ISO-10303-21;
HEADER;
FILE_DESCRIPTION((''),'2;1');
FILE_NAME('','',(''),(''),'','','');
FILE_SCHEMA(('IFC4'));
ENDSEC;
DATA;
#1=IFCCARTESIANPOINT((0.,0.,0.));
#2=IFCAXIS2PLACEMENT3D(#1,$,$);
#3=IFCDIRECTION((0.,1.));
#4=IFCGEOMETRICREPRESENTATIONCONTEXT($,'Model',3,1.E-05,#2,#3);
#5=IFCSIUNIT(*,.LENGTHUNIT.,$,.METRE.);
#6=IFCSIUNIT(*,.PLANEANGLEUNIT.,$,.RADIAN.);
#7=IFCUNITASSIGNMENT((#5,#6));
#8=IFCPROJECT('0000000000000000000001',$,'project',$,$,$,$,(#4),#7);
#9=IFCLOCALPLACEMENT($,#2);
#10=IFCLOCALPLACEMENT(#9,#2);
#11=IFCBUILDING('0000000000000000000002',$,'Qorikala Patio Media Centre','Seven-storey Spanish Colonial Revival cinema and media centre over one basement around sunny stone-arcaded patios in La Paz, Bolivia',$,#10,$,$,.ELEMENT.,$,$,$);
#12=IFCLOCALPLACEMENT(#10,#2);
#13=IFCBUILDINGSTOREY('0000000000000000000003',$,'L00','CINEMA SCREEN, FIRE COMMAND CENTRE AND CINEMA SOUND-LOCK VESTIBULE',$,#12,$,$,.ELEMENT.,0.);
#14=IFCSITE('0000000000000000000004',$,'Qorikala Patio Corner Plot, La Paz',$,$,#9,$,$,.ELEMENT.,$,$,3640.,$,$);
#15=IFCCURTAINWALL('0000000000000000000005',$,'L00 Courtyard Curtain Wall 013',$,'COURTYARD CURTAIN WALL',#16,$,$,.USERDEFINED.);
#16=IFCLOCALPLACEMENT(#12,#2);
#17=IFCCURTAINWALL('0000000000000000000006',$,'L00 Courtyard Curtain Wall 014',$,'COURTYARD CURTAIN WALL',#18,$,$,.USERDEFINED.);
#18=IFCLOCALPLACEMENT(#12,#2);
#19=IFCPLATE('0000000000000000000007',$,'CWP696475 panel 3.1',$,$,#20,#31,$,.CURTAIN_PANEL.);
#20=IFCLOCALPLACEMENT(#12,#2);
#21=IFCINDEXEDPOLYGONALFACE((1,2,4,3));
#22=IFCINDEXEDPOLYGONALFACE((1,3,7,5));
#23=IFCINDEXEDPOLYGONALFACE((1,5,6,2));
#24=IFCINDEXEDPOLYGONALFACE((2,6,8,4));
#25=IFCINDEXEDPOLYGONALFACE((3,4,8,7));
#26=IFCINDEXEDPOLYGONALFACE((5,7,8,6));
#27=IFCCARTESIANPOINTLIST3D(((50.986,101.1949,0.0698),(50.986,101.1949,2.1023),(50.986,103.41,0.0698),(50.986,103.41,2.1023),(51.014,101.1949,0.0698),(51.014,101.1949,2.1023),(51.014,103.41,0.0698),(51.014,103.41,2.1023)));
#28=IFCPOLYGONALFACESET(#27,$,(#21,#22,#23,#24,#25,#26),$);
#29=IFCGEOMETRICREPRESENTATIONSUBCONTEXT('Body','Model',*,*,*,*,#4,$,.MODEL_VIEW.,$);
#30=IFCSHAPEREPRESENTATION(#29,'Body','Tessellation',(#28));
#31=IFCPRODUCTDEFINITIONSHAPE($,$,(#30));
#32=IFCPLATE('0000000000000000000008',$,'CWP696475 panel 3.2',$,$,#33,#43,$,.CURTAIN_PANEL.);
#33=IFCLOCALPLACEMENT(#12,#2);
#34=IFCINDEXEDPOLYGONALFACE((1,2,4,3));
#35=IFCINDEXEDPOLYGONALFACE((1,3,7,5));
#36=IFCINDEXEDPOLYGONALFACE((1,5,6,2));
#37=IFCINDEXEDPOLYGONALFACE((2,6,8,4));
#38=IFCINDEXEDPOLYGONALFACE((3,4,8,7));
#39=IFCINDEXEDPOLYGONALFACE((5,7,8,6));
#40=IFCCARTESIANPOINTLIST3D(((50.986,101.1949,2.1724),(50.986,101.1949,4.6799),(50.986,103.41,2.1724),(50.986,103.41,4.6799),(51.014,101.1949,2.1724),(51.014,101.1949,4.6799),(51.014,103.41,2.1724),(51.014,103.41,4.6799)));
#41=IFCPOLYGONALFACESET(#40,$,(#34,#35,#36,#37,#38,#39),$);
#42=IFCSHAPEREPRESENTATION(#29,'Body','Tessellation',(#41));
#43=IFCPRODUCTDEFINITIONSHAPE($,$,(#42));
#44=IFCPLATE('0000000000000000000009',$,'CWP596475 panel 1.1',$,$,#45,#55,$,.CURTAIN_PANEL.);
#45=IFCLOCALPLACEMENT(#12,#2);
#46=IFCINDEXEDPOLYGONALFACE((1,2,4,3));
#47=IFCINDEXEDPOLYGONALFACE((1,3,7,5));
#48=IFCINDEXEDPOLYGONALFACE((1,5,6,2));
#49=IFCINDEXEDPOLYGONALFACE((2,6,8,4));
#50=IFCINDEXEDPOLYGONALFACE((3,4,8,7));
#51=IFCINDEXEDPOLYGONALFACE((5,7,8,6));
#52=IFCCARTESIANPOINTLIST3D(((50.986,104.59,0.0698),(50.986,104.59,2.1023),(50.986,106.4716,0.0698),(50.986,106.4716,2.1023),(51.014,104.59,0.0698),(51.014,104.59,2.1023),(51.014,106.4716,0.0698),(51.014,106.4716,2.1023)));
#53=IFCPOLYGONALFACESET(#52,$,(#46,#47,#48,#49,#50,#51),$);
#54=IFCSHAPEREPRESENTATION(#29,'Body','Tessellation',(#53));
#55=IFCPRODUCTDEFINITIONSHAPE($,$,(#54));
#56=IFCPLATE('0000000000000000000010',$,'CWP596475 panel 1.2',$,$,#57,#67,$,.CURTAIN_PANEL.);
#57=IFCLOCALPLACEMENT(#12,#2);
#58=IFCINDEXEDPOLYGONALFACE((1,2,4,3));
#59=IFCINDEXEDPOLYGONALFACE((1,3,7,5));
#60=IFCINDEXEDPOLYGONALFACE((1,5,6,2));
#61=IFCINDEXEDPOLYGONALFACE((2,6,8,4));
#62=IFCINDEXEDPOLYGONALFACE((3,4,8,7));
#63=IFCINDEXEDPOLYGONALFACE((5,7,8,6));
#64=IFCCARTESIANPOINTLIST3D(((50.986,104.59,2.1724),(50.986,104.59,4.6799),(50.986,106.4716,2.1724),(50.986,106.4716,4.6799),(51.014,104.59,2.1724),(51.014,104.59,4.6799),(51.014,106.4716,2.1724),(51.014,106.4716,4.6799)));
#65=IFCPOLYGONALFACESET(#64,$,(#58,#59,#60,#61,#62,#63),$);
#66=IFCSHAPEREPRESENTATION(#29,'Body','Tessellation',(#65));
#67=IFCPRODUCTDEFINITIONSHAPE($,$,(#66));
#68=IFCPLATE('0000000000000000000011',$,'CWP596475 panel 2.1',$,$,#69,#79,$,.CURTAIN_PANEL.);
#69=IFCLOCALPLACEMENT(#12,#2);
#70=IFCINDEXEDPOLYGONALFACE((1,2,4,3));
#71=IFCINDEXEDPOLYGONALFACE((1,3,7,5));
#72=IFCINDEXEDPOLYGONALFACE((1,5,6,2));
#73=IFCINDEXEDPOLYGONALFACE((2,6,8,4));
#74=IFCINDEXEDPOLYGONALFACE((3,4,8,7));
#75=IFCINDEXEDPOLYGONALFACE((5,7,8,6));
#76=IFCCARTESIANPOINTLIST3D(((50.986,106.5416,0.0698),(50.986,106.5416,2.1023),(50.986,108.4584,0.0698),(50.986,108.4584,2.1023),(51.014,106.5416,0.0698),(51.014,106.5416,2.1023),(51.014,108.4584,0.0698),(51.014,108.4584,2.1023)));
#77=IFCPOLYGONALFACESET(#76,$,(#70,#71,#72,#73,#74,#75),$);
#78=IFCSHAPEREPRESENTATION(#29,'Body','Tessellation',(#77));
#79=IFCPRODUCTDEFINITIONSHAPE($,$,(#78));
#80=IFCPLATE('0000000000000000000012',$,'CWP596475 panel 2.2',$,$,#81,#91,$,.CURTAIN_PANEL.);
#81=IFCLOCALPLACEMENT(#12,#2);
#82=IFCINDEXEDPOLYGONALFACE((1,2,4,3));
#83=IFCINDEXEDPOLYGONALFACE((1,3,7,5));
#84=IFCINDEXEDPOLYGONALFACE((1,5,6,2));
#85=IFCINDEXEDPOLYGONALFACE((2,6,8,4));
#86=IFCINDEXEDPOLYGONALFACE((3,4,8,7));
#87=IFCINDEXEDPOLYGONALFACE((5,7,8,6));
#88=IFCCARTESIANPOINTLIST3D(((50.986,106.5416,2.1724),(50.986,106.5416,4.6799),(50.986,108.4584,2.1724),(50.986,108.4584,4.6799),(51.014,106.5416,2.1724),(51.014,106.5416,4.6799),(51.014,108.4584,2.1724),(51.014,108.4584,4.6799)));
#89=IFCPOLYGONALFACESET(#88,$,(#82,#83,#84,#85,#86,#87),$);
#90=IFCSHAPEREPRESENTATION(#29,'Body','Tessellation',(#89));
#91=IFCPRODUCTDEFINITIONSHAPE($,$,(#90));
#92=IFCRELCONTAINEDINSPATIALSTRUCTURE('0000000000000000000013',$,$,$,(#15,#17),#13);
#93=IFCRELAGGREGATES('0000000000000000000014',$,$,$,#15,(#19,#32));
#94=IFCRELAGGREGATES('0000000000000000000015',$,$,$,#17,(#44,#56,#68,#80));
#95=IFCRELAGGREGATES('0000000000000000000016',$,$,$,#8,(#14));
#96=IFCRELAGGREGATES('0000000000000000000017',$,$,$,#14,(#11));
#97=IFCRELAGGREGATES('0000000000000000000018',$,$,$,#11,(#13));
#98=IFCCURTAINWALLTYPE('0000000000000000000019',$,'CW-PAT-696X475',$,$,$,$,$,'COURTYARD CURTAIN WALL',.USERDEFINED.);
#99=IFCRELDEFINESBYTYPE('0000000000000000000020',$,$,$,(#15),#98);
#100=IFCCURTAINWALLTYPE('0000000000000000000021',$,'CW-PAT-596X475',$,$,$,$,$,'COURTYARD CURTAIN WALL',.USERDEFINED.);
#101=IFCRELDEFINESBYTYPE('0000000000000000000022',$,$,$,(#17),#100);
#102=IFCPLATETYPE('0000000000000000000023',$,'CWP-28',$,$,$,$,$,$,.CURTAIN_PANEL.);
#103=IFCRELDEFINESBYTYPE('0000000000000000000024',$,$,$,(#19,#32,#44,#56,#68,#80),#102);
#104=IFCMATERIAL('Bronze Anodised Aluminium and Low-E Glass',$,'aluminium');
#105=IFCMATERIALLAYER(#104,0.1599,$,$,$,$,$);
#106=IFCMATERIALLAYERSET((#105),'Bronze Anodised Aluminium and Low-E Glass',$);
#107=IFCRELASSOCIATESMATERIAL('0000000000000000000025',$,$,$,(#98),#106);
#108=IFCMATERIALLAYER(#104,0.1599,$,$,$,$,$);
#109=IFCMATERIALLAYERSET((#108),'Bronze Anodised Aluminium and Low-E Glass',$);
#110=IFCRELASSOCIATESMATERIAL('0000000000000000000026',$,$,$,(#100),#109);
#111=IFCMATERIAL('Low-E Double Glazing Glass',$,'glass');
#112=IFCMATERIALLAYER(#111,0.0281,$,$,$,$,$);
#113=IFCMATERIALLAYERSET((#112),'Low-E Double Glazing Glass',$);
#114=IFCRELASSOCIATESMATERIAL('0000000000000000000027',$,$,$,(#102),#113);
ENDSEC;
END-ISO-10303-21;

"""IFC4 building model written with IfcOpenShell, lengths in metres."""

from ifc_helpers import new_model, si_unit, direction, frame, origin, origin_2d, place, context, subcontext, project, spatial, rectangle, extrude, material, layer, layer_set, type_object, element, aggregate, save


model = new_model("IFC4")

# Units and contexts
model_context = context("Model", 3, precision=1e-05, world=origin(), true_north=direction((0.0, 1.0)))
body_context = subcontext(model_context, "Body", "Model", "MODEL_VIEW")
ifc_project = project(units=[si_unit("LENGTHUNIT", "METRE"), si_unit("PLANEANGLEUNIT", "RADIAN")], contexts=[model_context])

# Site, building, storey
site_placement = place(None, origin())
site = spatial("IfcSite", under=ifc_project, at=site_placement, Name="Qorikala Patio Corner Plot, La Paz", CompositionType="ELEMENT", RefElevation=3640.0)
building_placement = place(site_placement, origin())
building = spatial("IfcBuilding", under=site, at=building_placement, Name="Qorikala Patio Media Centre", Description="Seven-storey Spanish Colonial Revival cinema and media centre over one basement around sunny stone-arcaded patios in La Paz, Bolivia", CompositionType="ELEMENT")
storey_placement = place(building_placement, origin())
storey = spatial("IfcBuildingStorey", under=building, at=storey_placement, Name="L00", Description="CINEMA SCREEN, FIRE COMMAND CENTRE AND CINEMA SOUND-LOCK VESTIBULE", CompositionType="ELEMENT", Elevation=0.0)

# Curtain walls
ifc_material_1 = material(Name="Bronze Anodised Aluminium and Low-E Glass", Category="aluminium")
ifc_layer_1 = layer(ifc_material_1, 0.1599)
ifc_layer_set_1 = layer_set([ifc_layer_1], Name="Bronze Anodised Aluminium and Low-E Glass")
curtain_wall_type_1 = type_object("IfcCurtainWallType", Name="CW-PAT-696X475", ElementType="COURTYARD CURTAIN WALL", PredefinedType="USERDEFINED", material=ifc_layer_set_1)
curtain_wall_1_placement = place(storey_placement, origin())
curtain_wall_1 = element("IfcCurtainWall", 1, at=curtain_wall_1_placement, inside=storey, type_object=curtain_wall_type_1, Name="L00 Courtyard Curtain Wall 013", ObjectType="COURTYARD CURTAIN WALL", PredefinedType="USERDEFINED")
ifc_layer_2 = layer(ifc_material_1, 0.1599)
ifc_layer_set_2 = layer_set([ifc_layer_2], Name="Bronze Anodised Aluminium and Low-E Glass")
curtain_wall_type_2 = type_object("IfcCurtainWallType", Name="CW-PAT-596X475", ElementType="COURTYARD CURTAIN WALL", PredefinedType="USERDEFINED", material=ifc_layer_set_2)
curtain_wall_2_placement = place(storey_placement, origin())
curtain_wall_2 = element("IfcCurtainWall", 2, at=curtain_wall_2_placement, inside=storey, type_object=curtain_wall_type_2, Name="L00 Courtyard Curtain Wall 014", ObjectType="COURTYARD CURTAIN WALL", PredefinedType="USERDEFINED")

# Plates
ifc_material_2 = material(Name="Low-E Double Glazing Glass", Category="glass")
ifc_layer_3 = layer(ifc_material_2, 0.0281)
ifc_layer_set_3 = layer_set([ifc_layer_3], Name="Low-E Double Glazing Glass")
plate_type = type_object("IfcPlateType", Name="CWP-28", PredefinedType="CURTAIN_PANEL", material=ifc_layer_set_3)
plate_1_placement = place(storey_placement, frame((51.0, 102.3025, 0.0698), z_axis=(0.0, 0.0, 1.0), x_axis=(0.0, 1.0, 0.0)))
plate_1 = element("IfcPlate", 3, at=plate_1_placement, type_object=plate_type, Name="CWP696475 panel 3.1", PredefinedType="CURTAIN_PANEL", context=body_context, shape_type="SweptSolid", body=[
    extrude(rectangle(XDim=2.2151, YDim=0.0281, at=origin_2d()), origin(), (0.0, 0.0, 1.0), 2.0325),
])
plate_2_placement = place(storey_placement, frame((51.0, 102.3025, 2.1724), z_axis=(0.0, 0.0, 1.0), x_axis=(0.0, 1.0, 0.0)))
plate_2 = element("IfcPlate", 4, at=plate_2_placement, type_object=plate_type, Name="CWP696475 panel 3.2", PredefinedType="CURTAIN_PANEL", context=body_context, shape_type="SweptSolid", body=[
    extrude(rectangle(XDim=2.2151, YDim=0.0281, at=origin_2d()), origin(), (0.0, 0.0, 1.0), 2.5076),
])
aggregate(curtain_wall_1, [plate_1, plate_2])
plate_3_placement = place(storey_placement, frame((51.0, 105.5308, 0.0698), z_axis=(0.0, 0.0, 1.0), x_axis=(0.0, 1.0, 0.0)))
plate_3 = element("IfcPlate", 5, at=plate_3_placement, type_object=plate_type, Name="CWP596475 panel 1.1", PredefinedType="CURTAIN_PANEL", context=body_context, shape_type="SweptSolid", body=[
    extrude(rectangle(XDim=1.8816, YDim=0.0281, at=origin_2d()), origin(), (0.0, 0.0, 1.0), 2.0325),
])
plate_4_placement = place(storey_placement, frame((51.0, 105.5308, 2.1724), z_axis=(0.0, 0.0, 1.0), x_axis=(0.0, 1.0, 0.0)))
plate_4 = element("IfcPlate", 6, at=plate_4_placement, type_object=plate_type, Name="CWP596475 panel 1.2", PredefinedType="CURTAIN_PANEL", context=body_context, shape_type="SweptSolid", body=[
    extrude(rectangle(XDim=1.8816, YDim=0.0281, at=origin_2d()), origin(), (0.0, 0.0, 1.0), 2.5076),
])
plate_5_placement = place(storey_placement, frame((51.0, 107.5, 0.0698), z_axis=(0.0, 0.0, 1.0), x_axis=(0.0, 1.0, 0.0)))
plate_5 = element("IfcPlate", 7, at=plate_5_placement, type_object=plate_type, Name="CWP596475 panel 2.1", PredefinedType="CURTAIN_PANEL", context=body_context, shape_type="SweptSolid", body=[
    extrude(rectangle(XDim=1.9167, YDim=0.0281, at=origin_2d()), origin(), (0.0, 0.0, 1.0), 2.0325),
])
plate_6_placement = place(storey_placement, frame((51.0, 107.5, 2.1724), z_axis=(0.0, 0.0, 1.0), x_axis=(0.0, 1.0, 0.0)))
plate_6 = element("IfcPlate", 8, at=plate_6_placement, type_object=plate_type, Name="CWP596475 panel 2.2", PredefinedType="CURTAIN_PANEL", context=body_context, shape_type="SweptSolid", body=[
    extrude(rectangle(XDim=1.9167, YDim=0.0281, at=origin_2d()), origin(), (0.0, 0.0, 1.0), 2.5076),
])
aggregate(curtain_wall_2, [plate_3, plate_4, plate_5, plate_6])

save(model, "model.ifc")
